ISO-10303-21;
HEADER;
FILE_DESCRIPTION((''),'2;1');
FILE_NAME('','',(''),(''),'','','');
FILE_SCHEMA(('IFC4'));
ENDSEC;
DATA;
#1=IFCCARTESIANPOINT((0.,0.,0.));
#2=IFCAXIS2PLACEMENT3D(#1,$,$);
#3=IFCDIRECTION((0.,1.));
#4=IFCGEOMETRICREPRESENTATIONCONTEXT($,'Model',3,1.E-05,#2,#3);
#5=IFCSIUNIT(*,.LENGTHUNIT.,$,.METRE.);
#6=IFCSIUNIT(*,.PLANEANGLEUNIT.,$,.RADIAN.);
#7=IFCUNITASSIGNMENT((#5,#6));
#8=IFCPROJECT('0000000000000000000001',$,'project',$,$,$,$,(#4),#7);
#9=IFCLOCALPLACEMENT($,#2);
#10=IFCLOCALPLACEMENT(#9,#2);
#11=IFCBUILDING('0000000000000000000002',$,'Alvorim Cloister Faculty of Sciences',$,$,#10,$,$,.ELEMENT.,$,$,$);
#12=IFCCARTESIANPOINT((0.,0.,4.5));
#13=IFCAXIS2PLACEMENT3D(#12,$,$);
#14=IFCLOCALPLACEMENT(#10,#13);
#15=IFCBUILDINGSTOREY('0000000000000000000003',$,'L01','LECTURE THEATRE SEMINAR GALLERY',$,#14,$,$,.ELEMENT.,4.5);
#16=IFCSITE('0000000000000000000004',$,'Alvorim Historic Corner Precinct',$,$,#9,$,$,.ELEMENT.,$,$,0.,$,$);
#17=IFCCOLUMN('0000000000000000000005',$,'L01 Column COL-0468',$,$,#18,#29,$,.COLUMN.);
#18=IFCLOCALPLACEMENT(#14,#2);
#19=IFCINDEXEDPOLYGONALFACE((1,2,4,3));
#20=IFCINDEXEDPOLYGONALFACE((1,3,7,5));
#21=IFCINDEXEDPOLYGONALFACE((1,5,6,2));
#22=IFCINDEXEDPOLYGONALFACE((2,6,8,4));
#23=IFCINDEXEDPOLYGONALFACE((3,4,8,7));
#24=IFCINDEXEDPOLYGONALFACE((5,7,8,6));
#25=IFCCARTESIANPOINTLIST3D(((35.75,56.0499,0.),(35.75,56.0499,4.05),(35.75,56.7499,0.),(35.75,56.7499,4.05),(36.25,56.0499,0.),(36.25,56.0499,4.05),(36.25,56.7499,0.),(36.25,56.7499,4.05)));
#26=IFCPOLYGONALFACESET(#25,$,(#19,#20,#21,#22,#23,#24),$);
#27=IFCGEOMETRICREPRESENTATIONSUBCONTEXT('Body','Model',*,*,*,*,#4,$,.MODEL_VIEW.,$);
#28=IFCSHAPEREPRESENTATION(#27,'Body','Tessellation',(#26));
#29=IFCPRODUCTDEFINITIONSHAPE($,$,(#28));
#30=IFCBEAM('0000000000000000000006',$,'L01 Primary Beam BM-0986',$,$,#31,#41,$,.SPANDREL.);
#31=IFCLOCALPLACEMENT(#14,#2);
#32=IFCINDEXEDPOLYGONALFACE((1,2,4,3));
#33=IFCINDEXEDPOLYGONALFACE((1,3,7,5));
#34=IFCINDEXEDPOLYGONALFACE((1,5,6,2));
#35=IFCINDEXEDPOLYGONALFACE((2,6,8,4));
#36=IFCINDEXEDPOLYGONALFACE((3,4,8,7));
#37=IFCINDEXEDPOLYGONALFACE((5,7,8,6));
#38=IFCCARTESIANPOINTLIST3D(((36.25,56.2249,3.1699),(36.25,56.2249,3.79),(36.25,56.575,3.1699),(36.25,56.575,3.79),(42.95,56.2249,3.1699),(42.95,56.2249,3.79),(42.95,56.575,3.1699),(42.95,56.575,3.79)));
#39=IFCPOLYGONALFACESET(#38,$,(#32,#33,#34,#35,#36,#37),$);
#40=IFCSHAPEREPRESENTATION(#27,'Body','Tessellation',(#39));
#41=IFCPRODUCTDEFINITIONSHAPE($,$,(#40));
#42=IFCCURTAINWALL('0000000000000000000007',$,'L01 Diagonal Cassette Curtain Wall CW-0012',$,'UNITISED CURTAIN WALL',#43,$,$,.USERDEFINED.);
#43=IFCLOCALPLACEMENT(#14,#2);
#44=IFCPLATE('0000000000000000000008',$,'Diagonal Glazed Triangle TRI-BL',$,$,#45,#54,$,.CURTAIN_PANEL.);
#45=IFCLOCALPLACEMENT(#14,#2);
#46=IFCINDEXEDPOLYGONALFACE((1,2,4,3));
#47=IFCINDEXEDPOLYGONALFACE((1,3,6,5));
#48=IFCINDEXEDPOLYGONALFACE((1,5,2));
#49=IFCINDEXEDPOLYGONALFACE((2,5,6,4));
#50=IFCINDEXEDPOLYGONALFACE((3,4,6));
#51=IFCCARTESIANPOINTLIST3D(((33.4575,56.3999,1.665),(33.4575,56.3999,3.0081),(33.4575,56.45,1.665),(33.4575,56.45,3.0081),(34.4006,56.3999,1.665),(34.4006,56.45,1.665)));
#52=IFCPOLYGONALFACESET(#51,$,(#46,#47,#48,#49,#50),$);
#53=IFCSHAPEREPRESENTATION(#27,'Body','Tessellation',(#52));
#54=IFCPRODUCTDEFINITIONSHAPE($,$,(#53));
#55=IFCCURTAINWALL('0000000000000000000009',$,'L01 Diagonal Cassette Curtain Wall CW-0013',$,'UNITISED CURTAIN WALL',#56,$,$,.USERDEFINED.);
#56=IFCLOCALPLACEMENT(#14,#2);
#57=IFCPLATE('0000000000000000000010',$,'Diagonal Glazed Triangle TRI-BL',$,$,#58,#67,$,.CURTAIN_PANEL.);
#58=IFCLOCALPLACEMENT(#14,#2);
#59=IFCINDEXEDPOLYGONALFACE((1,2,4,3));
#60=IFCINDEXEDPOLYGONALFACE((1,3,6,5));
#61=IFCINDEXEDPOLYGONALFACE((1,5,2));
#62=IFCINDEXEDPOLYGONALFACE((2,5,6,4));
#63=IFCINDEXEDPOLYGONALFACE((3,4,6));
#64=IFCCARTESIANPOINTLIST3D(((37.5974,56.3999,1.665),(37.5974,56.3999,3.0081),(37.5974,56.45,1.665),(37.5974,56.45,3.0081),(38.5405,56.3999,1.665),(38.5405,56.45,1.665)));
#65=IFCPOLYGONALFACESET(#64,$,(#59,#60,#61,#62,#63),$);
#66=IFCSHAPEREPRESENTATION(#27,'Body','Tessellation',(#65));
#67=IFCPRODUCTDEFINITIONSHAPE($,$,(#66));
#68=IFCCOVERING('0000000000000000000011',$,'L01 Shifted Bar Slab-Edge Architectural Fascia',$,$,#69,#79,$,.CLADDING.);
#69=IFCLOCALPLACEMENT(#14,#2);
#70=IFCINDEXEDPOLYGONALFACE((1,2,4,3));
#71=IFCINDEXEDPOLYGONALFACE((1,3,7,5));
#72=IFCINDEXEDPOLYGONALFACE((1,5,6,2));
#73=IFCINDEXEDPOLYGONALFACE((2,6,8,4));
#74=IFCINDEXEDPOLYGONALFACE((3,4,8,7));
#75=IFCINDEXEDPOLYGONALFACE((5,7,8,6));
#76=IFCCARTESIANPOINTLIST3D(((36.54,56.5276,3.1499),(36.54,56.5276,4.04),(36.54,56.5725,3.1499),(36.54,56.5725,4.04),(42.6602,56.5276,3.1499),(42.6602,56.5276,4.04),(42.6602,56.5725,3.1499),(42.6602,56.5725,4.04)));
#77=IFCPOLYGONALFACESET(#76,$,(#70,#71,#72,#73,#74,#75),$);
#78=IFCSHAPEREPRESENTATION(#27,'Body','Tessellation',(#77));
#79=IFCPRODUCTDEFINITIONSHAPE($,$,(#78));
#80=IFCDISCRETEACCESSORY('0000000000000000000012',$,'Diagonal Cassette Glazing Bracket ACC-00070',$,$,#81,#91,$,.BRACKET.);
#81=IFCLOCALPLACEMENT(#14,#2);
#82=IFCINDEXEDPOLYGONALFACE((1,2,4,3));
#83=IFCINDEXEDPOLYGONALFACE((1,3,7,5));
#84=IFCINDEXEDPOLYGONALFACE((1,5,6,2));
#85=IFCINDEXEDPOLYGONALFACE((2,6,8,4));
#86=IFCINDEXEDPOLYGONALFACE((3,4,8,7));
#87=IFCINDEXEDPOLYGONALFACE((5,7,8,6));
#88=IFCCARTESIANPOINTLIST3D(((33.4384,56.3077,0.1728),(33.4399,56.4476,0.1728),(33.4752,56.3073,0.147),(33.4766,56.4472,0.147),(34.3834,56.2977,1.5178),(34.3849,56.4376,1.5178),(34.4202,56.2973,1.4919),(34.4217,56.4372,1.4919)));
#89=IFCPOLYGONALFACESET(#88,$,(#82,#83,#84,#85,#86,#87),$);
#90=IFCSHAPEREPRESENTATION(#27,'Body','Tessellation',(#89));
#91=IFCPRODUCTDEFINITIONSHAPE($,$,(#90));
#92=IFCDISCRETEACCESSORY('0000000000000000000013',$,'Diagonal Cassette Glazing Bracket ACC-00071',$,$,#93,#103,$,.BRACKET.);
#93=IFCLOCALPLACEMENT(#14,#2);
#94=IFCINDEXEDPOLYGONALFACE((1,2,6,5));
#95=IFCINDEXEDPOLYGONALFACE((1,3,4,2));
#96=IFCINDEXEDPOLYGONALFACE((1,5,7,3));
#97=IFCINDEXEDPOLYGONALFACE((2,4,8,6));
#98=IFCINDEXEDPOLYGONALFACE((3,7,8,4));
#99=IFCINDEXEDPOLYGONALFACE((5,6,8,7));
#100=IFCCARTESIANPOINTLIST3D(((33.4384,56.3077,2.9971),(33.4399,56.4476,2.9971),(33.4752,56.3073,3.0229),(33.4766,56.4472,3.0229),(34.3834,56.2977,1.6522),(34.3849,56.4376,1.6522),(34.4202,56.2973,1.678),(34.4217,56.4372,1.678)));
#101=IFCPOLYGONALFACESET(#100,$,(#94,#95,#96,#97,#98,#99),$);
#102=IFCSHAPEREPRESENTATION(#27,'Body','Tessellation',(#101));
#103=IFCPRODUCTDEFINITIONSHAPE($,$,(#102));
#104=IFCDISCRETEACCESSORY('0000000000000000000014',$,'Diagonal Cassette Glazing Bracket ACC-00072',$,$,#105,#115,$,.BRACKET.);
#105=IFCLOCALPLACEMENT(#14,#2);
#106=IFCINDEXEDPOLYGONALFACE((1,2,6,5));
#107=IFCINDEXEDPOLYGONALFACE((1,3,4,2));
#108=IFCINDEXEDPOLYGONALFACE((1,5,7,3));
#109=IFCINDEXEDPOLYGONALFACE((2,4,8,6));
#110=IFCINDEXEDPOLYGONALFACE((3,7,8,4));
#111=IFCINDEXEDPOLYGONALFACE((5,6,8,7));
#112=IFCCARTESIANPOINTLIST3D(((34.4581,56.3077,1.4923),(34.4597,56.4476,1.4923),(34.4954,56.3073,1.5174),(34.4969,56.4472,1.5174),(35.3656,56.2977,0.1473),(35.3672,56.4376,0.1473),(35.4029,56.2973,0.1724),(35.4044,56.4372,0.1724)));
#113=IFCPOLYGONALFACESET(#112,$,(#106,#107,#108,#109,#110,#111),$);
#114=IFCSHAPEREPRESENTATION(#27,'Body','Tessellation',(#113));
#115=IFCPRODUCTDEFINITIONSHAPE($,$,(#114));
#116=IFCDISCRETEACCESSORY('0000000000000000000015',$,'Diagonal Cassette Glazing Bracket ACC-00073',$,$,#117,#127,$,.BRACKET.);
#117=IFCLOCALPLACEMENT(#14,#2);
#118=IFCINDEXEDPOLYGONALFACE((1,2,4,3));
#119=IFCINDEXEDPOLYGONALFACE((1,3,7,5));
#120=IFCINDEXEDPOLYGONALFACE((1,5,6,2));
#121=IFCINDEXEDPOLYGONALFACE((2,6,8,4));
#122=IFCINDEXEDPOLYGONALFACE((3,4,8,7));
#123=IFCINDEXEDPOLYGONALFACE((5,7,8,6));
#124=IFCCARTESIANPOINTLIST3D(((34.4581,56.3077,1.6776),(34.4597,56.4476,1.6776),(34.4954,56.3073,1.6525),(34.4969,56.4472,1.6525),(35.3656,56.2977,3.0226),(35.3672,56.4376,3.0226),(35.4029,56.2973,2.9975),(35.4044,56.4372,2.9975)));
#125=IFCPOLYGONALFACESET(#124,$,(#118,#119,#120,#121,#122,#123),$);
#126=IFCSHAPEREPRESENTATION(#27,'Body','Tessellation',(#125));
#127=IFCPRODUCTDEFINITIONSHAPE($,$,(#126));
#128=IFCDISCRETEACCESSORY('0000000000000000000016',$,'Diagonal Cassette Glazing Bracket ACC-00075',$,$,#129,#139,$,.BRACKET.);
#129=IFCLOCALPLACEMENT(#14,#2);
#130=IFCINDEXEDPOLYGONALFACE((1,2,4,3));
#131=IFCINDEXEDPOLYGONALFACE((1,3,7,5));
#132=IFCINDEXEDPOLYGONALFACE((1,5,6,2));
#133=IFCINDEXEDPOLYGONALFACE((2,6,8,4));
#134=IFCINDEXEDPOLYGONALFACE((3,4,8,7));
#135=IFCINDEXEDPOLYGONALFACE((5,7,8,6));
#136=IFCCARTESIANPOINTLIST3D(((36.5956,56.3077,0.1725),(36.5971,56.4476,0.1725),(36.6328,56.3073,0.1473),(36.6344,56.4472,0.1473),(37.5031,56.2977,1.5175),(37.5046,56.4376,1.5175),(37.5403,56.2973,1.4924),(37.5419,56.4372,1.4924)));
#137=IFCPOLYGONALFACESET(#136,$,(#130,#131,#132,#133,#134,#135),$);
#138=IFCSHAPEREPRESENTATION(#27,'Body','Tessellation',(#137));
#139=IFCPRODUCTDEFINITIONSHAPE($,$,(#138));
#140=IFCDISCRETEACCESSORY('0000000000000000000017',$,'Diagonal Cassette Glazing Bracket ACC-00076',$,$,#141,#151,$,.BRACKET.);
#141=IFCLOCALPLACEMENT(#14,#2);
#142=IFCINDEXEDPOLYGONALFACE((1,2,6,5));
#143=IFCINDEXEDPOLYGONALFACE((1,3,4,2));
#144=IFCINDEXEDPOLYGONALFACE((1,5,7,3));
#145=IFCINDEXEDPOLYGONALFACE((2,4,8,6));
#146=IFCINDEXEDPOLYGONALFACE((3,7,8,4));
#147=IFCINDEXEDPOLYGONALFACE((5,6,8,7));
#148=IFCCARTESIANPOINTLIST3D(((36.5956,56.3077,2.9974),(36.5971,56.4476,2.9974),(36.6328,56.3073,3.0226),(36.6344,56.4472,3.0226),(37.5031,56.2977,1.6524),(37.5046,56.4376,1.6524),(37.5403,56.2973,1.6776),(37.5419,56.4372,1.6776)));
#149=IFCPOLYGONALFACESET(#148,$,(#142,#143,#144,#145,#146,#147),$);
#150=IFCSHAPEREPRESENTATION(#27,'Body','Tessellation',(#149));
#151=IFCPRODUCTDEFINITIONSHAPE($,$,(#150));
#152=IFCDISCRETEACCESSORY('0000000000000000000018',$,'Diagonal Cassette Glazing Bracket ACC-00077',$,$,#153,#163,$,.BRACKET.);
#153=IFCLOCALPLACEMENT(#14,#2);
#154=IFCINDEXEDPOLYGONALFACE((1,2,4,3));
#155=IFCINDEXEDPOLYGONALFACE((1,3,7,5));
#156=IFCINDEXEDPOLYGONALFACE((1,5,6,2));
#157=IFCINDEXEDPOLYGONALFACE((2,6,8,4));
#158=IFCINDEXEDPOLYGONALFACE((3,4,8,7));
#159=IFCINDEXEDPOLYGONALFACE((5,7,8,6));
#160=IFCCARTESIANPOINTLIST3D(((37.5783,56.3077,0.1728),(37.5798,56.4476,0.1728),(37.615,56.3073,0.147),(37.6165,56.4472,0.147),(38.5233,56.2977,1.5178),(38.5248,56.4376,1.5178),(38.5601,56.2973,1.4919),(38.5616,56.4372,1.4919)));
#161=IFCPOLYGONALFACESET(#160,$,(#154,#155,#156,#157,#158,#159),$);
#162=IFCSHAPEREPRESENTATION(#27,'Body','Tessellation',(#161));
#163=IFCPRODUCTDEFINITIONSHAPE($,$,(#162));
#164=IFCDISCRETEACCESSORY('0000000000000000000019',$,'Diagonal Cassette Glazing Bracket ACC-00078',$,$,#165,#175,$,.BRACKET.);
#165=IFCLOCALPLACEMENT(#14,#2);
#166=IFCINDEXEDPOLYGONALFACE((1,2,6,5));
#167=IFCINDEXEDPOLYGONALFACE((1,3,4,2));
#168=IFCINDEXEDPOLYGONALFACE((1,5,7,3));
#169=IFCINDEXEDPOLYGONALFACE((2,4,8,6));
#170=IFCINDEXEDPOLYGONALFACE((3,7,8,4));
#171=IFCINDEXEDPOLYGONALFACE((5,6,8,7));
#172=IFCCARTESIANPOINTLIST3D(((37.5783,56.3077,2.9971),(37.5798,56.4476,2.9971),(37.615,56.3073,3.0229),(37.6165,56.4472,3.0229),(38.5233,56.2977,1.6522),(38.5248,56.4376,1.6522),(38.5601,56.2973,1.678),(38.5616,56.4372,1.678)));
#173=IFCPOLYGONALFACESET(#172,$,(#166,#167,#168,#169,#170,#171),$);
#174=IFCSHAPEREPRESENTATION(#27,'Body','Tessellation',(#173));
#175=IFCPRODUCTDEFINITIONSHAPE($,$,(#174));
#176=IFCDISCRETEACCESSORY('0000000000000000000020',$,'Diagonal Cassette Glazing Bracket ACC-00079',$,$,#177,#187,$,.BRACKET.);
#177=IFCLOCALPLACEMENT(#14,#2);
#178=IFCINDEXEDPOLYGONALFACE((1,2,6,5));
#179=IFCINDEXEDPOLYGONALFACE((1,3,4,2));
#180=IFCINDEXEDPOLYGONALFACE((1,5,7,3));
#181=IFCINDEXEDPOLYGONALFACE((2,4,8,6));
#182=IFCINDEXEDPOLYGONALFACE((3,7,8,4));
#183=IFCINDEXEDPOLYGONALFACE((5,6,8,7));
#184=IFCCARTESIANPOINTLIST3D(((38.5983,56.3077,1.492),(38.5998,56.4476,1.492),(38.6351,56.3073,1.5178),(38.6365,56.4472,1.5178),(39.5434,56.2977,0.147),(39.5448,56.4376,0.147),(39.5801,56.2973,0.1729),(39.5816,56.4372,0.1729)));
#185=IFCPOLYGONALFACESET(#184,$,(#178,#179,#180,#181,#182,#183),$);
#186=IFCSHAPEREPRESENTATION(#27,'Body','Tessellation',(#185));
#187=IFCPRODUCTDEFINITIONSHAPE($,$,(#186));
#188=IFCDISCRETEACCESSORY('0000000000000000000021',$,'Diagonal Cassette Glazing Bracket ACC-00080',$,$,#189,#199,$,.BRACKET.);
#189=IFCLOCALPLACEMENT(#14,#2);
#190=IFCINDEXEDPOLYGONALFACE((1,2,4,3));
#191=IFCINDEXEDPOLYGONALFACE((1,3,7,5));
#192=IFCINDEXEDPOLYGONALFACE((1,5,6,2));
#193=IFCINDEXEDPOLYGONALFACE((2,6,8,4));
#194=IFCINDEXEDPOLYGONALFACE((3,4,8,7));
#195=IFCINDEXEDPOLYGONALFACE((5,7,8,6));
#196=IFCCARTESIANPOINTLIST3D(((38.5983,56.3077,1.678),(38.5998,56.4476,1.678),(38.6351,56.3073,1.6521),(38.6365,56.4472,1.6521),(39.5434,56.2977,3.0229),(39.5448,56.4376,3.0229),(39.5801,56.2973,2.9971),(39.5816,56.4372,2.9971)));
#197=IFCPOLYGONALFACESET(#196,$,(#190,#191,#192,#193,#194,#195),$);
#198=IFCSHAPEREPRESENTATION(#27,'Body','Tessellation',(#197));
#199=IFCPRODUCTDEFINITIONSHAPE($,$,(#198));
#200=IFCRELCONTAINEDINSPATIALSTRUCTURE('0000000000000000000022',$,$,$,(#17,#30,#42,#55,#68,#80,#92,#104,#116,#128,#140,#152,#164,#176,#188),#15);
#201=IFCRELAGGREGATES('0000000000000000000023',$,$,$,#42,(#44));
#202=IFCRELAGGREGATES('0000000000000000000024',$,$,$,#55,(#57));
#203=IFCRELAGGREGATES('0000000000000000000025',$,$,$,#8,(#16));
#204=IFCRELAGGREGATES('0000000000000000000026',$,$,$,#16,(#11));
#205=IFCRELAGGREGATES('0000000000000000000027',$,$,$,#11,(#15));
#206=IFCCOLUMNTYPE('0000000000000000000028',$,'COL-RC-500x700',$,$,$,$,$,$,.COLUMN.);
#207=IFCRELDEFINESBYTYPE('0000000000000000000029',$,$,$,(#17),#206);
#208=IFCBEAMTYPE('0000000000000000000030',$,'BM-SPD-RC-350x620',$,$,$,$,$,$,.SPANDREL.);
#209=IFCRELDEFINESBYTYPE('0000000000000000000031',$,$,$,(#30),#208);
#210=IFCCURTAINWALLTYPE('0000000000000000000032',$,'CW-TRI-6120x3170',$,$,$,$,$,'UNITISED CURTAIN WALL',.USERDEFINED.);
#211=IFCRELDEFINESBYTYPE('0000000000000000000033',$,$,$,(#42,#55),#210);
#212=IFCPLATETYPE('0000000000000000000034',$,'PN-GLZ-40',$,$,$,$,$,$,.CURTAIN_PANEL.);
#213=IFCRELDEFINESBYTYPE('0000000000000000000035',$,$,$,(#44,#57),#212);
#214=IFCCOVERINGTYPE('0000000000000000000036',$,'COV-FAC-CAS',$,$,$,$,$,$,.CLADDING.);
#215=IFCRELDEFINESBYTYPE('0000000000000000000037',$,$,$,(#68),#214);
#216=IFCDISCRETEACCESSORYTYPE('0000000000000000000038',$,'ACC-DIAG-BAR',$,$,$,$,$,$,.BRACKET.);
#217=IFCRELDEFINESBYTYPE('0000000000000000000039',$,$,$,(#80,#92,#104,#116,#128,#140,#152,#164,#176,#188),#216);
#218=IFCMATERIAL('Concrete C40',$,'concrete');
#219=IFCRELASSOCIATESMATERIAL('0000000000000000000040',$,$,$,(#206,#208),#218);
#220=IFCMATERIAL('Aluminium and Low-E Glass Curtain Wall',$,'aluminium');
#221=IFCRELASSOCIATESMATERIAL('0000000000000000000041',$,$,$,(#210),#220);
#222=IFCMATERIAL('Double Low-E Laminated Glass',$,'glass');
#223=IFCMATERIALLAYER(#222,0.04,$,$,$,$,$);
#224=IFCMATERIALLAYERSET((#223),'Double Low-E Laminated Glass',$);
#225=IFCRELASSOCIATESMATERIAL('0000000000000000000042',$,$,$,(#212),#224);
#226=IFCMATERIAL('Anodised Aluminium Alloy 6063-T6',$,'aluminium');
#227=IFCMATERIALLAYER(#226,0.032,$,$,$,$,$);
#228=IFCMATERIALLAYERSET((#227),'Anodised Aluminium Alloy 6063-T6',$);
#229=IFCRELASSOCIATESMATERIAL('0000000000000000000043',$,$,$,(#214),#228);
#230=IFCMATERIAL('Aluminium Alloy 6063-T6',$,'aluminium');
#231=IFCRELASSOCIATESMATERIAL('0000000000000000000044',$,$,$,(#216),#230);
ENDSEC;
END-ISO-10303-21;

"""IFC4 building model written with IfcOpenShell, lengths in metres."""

from ifc_helpers import new_model, si_unit, direction, frame, origin, origin_2d, place, context, subcontext, project, spatial, polyline, rectangle, outline, extrude, material, layer, layer_set, material_profile, profile_set, type_object, element, aggregate, save


model = new_model("IFC4")

# Units and contexts
model_context = context("Model", 3, precision=1e-05, world=origin(), true_north=direction((0.0, 1.0)))
body_context = subcontext(model_context, "Body", "Model", "MODEL_VIEW")
ifc_project = project(units=[si_unit("LENGTHUNIT", "METRE"), si_unit("PLANEANGLEUNIT", "RADIAN")], contexts=[model_context])

# Site, building, storey
site_placement = place(None, origin())
site = spatial("IfcSite", under=ifc_project, at=site_placement, Name="Alvorim Historic Corner Precinct", CompositionType="ELEMENT", RefElevation=0.0)
building_placement = place(site_placement, origin())
building = spatial("IfcBuilding", under=site, at=building_placement, Name="Alvorim Cloister Faculty of Sciences", CompositionType="ELEMENT")
storey_placement = place(building_placement, frame((0.0, 0.0, 4.5)))
storey = spatial("IfcBuildingStorey", under=building, at=storey_placement, Name="L01", Description="LECTURE THEATRE SEMINAR GALLERY", CompositionType="ELEMENT", Elevation=4.5)

# Column
ifc_material_1 = material(Name="Concrete C40", Category="concrete")
ifc_material_profile_1 = material_profile(ifc_material_1, rectangle(XDim=0.5, YDim=0.7, at=origin_2d()), Name="RC40-COL-500x700")
ifc_profile_set_1 = profile_set([ifc_material_profile_1], Name="Concrete C40")
column_type = type_object("IfcColumnType", Name="COL-RC-500x700", PredefinedType="COLUMN", material=ifc_profile_set_1)
column_placement = place(storey_placement, frame((36.0, 56.3999, 0.0), z_axis=(0.0, 0.0, 1.0), x_axis=(1.0, 0.0, 0.0)))
element("IfcColumn", 1, at=column_placement, inside=storey, type_object=column_type, Name="L01 Column COL-0468", PredefinedType="COLUMN", context=body_context, shape_type="SweptSolid", body=[
    extrude(rectangle(XDim=0.5, YDim=0.7, at=origin_2d()), origin(), (0.0, 0.0, 1.0), 4.05),
])

# Beam
ifc_material_profile_2 = material_profile(ifc_material_1, rectangle(XDim=0.3501, YDim=0.6201, at=origin_2d()), Name="RC40-SPD-350x620")
ifc_profile_set_2 = profile_set([ifc_material_profile_2], Name="Concrete C40")
beam_type = type_object("IfcBeamType", Name="BM-SPD-RC-350x620", PredefinedType="SPANDREL", material=ifc_profile_set_2)
beam_placement = place(storey_placement, frame((36.25, 56.3999, 3.48), z_axis=(1.0, 0.0, 0.0), x_axis=(0.0, 1.0, 0.0)))
element("IfcBeam", 2, at=beam_placement, inside=storey, type_object=beam_type, Name="L01 Primary Beam BM-0986", PredefinedType="SPANDREL", context=body_context, shape_type="SweptSolid", body=[
    extrude(rectangle(XDim=0.3501, YDim=0.6201, at=origin_2d()), origin(), (0.0, 0.0, 1.0), 6.7),
])

# Curtain walls, plates
ifc_material_2 = material(Name="Aluminium and Low-E Glass Curtain Wall", Category="aluminium")
curtain_wall_type = type_object("IfcCurtainWallType", Name="CW-TRI-6120x3170", ElementType="UNITISED CURTAIN WALL", PredefinedType="USERDEFINED", material=ifc_material_2)
curtain_wall_1_placement = place(storey_placement, origin())
curtain_wall_1 = element("IfcCurtainWall", 3, at=curtain_wall_1_placement, inside=storey, type_object=curtain_wall_type, Name="L01 Diagonal Cassette Curtain Wall CW-0012", ObjectType="UNITISED CURTAIN WALL", PredefinedType="USERDEFINED")
ifc_material_3 = material(Name="Double Low-E Laminated Glass", Category="glass")
ifc_layer_1 = layer(ifc_material_3, 0.04)
ifc_layer_set_1 = layer_set([ifc_layer_1], Name="Double Low-E Laminated Glass")
plate_type = type_object("IfcPlateType", Name="PN-GLZ-40", PredefinedType="CURTAIN_PANEL", material=ifc_layer_set_1)
plate_1_placement = place(storey_placement, frame((33.4575, 56.425, 1.665), z_axis=(0.0, 0.0, 1.0), x_axis=(1.0, 0.0, 0.0)))
plate_1 = element("IfcPlate", 4, at=plate_1_placement, type_object=plate_type, Name="Diagonal Glazed Triangle TRI-BL", PredefinedType="CURTAIN_PANEL", context=body_context, shape_type="SweptSolid", body=[
    extrude(outline(polyline([(0.0, 0.0), (0.9431, 0.0), (0.0, 1.343), (0.0, 0.0)])), frame((0.0, 0.0249, 0.0), z_axis=(0.0, -1.0, 0.0), x_axis=(1.0, 0.0, 0.0)), (0.0, 0.0, 1.0), 0.05),
])
aggregate(curtain_wall_1, [plate_1])
curtain_wall_2_placement = place(storey_placement, origin())
curtain_wall_2 = element("IfcCurtainWall", 5, at=curtain_wall_2_placement, inside=storey, type_object=curtain_wall_type, Name="L01 Diagonal Cassette Curtain Wall CW-0013", ObjectType="UNITISED CURTAIN WALL", PredefinedType="USERDEFINED")
plate_2_placement = place(storey_placement, frame((37.5974, 56.425, 1.665), z_axis=(0.0, 0.0, 1.0), x_axis=(1.0, 0.0, 0.0)))
plate_2 = element("IfcPlate", 6, at=plate_2_placement, type_object=plate_type, Name="Diagonal Glazed Triangle TRI-BL", PredefinedType="CURTAIN_PANEL", context=body_context, shape_type="SweptSolid", body=[
    extrude(outline(polyline([(0.0, 0.0), (0.9431, 0.0), (0.0, 1.343), (0.0, 0.0)])), frame((0.0, 0.0249, 0.0), z_axis=(0.0, -1.0, 0.0), x_axis=(1.0, 0.0, 0.0)), (0.0, 0.0, 1.0), 0.05),
])
aggregate(curtain_wall_2, [plate_2])

# Covering
ifc_material_4 = material(Name="Anodised Aluminium Alloy 6063-T6", Category="aluminium")
ifc_layer_2 = layer(ifc_material_4, 0.032)
ifc_layer_set_2 = layer_set([ifc_layer_2], Name="Anodised Aluminium Alloy 6063-T6")
covering_type = type_object("IfcCoveringType", Name="COV-FAC-CAS", PredefinedType="CLADDING", material=ifc_layer_set_2)
covering_placement = place(storey_placement, frame((36.54, 56.55, 3.1499), z_axis=(0.0, 0.0, 1.0), x_axis=(1.0, 0.0, 0.0)))
element("IfcCovering", 7, at=covering_placement, inside=storey, type_object=covering_type, Name="L01 Shifted Bar Slab-Edge Architectural Fascia", PredefinedType="CLADDING", context=body_context, shape_type="SweptSolid", body=[
    extrude(outline(polyline([(0.0, 0.0), (6.1201, 0.0), (6.1201, 0.8901), (0.0, 0.8901), (0.0, 0.0)])), frame((0.0, 0.0225, 0.0), z_axis=(0.0, -1.0, 0.0), x_axis=(1.0, 0.0, 0.0)), (0.0, 0.0, 1.0), 0.0449),
])

# Discrete accessories
ifc_material_5 = material(Name="Aluminium Alloy 6063-T6", Category="aluminium")
discrete_accessory_type = type_object("IfcDiscreteAccessoryType", Name="ACC-DIAG-BAR", PredefinedType="BRACKET", material=ifc_material_5)
for number, where, z_axis, x_axis, name in (
    (8, (33.4575, 56.3774, 0.1599), (0.574916, -0.006089, 0.81819), (0.010591, 0.999944, 0.0), "Diagonal Cassette Glazing Bracket ACC-00070"),
    (9, (33.4575, 56.3774, 3.01), (0.574916, -0.006089, -0.81819), (0.010591, 0.999944, 0.0), "Diagonal Cassette Glazing Bracket ACC-00071"),
):
    element("IfcDiscreteAccessory", number, at=place(storey_placement, frame(where, z_axis=z_axis, x_axis=x_axis)), inside=storey, type_object=discrete_accessory_type, Name=name, PredefinedType="BRACKET", context=body_context, shape_type="SweptSolid", body=[
        extrude(rectangle(XDim=0.1399, YDim=0.0449, at=origin_2d()), origin(), (0.0, 0.0, 1.0), 1.6438),
    ])
for number, where, z_axis, x_axis, name in (
    (10, (34.4775, 56.3774, 1.5049), (0.559299, -0.006169, -0.828943), (0.01103, 0.999939, 0.0), "Diagonal Cassette Glazing Bracket ACC-00072"),
    (11, (34.4775, 56.3774, 1.665), (0.559299, -0.006169, 0.828943), (0.01103, 0.999939, 0.0), "Diagonal Cassette Glazing Bracket ACC-00073"),
    (12, (36.615, 56.3774, 0.1599), (0.559299, -0.006169, 0.828943), (0.01103, 0.999939, 0.0), "Diagonal Cassette Glazing Bracket ACC-00075"),
    (13, (36.615, 56.3774, 3.01), (0.559299, -0.006169, -0.828943), (0.01103, 0.999939, 0.0), "Diagonal Cassette Glazing Bracket ACC-00076"),
):
    element("IfcDiscreteAccessory", number, at=place(storey_placement, frame(where, z_axis=z_axis, x_axis=x_axis)), inside=storey, type_object=discrete_accessory_type, Name=name, PredefinedType="BRACKET", context=body_context, shape_type="SweptSolid", body=[
        extrude(rectangle(XDim=0.1399, YDim=0.0449, at=origin_2d()), origin(), (0.0, 0.0, 1.0), 1.6226),
    ])
for number, where, z_axis, x_axis, name in (
    (14, (37.5974, 56.3774, 0.1599), (0.574916, -0.006089, 0.81819), (0.010591, 0.999944, 0.0), "Diagonal Cassette Glazing Bracket ACC-00077"),
    (15, (37.5974, 56.3774, 3.01), (0.574916, -0.006089, -0.81819), (0.010591, 0.999944, 0.0), "Diagonal Cassette Glazing Bracket ACC-00078"),
    (16, (38.6174, 56.3774, 1.5049), (0.574916, -0.006089, -0.81819), (0.010591, 0.999944, 0.0), "Diagonal Cassette Glazing Bracket ACC-00079"),
    (17, (38.6174, 56.3774, 1.665), (0.574916, -0.006089, 0.81819), (0.010591, 0.999944, 0.0), "Diagonal Cassette Glazing Bracket ACC-00080"),
):
    element("IfcDiscreteAccessory", number, at=place(storey_placement, frame(where, z_axis=z_axis, x_axis=x_axis)), inside=storey, type_object=discrete_accessory_type, Name=name, PredefinedType="BRACKET", context=body_context, shape_type="SweptSolid", body=[
        extrude(rectangle(XDim=0.1399, YDim=0.0449, at=origin_2d()), origin(), (0.0, 0.0, 1.0), 1.6438),
    ])

save(model, "model.ifc")
